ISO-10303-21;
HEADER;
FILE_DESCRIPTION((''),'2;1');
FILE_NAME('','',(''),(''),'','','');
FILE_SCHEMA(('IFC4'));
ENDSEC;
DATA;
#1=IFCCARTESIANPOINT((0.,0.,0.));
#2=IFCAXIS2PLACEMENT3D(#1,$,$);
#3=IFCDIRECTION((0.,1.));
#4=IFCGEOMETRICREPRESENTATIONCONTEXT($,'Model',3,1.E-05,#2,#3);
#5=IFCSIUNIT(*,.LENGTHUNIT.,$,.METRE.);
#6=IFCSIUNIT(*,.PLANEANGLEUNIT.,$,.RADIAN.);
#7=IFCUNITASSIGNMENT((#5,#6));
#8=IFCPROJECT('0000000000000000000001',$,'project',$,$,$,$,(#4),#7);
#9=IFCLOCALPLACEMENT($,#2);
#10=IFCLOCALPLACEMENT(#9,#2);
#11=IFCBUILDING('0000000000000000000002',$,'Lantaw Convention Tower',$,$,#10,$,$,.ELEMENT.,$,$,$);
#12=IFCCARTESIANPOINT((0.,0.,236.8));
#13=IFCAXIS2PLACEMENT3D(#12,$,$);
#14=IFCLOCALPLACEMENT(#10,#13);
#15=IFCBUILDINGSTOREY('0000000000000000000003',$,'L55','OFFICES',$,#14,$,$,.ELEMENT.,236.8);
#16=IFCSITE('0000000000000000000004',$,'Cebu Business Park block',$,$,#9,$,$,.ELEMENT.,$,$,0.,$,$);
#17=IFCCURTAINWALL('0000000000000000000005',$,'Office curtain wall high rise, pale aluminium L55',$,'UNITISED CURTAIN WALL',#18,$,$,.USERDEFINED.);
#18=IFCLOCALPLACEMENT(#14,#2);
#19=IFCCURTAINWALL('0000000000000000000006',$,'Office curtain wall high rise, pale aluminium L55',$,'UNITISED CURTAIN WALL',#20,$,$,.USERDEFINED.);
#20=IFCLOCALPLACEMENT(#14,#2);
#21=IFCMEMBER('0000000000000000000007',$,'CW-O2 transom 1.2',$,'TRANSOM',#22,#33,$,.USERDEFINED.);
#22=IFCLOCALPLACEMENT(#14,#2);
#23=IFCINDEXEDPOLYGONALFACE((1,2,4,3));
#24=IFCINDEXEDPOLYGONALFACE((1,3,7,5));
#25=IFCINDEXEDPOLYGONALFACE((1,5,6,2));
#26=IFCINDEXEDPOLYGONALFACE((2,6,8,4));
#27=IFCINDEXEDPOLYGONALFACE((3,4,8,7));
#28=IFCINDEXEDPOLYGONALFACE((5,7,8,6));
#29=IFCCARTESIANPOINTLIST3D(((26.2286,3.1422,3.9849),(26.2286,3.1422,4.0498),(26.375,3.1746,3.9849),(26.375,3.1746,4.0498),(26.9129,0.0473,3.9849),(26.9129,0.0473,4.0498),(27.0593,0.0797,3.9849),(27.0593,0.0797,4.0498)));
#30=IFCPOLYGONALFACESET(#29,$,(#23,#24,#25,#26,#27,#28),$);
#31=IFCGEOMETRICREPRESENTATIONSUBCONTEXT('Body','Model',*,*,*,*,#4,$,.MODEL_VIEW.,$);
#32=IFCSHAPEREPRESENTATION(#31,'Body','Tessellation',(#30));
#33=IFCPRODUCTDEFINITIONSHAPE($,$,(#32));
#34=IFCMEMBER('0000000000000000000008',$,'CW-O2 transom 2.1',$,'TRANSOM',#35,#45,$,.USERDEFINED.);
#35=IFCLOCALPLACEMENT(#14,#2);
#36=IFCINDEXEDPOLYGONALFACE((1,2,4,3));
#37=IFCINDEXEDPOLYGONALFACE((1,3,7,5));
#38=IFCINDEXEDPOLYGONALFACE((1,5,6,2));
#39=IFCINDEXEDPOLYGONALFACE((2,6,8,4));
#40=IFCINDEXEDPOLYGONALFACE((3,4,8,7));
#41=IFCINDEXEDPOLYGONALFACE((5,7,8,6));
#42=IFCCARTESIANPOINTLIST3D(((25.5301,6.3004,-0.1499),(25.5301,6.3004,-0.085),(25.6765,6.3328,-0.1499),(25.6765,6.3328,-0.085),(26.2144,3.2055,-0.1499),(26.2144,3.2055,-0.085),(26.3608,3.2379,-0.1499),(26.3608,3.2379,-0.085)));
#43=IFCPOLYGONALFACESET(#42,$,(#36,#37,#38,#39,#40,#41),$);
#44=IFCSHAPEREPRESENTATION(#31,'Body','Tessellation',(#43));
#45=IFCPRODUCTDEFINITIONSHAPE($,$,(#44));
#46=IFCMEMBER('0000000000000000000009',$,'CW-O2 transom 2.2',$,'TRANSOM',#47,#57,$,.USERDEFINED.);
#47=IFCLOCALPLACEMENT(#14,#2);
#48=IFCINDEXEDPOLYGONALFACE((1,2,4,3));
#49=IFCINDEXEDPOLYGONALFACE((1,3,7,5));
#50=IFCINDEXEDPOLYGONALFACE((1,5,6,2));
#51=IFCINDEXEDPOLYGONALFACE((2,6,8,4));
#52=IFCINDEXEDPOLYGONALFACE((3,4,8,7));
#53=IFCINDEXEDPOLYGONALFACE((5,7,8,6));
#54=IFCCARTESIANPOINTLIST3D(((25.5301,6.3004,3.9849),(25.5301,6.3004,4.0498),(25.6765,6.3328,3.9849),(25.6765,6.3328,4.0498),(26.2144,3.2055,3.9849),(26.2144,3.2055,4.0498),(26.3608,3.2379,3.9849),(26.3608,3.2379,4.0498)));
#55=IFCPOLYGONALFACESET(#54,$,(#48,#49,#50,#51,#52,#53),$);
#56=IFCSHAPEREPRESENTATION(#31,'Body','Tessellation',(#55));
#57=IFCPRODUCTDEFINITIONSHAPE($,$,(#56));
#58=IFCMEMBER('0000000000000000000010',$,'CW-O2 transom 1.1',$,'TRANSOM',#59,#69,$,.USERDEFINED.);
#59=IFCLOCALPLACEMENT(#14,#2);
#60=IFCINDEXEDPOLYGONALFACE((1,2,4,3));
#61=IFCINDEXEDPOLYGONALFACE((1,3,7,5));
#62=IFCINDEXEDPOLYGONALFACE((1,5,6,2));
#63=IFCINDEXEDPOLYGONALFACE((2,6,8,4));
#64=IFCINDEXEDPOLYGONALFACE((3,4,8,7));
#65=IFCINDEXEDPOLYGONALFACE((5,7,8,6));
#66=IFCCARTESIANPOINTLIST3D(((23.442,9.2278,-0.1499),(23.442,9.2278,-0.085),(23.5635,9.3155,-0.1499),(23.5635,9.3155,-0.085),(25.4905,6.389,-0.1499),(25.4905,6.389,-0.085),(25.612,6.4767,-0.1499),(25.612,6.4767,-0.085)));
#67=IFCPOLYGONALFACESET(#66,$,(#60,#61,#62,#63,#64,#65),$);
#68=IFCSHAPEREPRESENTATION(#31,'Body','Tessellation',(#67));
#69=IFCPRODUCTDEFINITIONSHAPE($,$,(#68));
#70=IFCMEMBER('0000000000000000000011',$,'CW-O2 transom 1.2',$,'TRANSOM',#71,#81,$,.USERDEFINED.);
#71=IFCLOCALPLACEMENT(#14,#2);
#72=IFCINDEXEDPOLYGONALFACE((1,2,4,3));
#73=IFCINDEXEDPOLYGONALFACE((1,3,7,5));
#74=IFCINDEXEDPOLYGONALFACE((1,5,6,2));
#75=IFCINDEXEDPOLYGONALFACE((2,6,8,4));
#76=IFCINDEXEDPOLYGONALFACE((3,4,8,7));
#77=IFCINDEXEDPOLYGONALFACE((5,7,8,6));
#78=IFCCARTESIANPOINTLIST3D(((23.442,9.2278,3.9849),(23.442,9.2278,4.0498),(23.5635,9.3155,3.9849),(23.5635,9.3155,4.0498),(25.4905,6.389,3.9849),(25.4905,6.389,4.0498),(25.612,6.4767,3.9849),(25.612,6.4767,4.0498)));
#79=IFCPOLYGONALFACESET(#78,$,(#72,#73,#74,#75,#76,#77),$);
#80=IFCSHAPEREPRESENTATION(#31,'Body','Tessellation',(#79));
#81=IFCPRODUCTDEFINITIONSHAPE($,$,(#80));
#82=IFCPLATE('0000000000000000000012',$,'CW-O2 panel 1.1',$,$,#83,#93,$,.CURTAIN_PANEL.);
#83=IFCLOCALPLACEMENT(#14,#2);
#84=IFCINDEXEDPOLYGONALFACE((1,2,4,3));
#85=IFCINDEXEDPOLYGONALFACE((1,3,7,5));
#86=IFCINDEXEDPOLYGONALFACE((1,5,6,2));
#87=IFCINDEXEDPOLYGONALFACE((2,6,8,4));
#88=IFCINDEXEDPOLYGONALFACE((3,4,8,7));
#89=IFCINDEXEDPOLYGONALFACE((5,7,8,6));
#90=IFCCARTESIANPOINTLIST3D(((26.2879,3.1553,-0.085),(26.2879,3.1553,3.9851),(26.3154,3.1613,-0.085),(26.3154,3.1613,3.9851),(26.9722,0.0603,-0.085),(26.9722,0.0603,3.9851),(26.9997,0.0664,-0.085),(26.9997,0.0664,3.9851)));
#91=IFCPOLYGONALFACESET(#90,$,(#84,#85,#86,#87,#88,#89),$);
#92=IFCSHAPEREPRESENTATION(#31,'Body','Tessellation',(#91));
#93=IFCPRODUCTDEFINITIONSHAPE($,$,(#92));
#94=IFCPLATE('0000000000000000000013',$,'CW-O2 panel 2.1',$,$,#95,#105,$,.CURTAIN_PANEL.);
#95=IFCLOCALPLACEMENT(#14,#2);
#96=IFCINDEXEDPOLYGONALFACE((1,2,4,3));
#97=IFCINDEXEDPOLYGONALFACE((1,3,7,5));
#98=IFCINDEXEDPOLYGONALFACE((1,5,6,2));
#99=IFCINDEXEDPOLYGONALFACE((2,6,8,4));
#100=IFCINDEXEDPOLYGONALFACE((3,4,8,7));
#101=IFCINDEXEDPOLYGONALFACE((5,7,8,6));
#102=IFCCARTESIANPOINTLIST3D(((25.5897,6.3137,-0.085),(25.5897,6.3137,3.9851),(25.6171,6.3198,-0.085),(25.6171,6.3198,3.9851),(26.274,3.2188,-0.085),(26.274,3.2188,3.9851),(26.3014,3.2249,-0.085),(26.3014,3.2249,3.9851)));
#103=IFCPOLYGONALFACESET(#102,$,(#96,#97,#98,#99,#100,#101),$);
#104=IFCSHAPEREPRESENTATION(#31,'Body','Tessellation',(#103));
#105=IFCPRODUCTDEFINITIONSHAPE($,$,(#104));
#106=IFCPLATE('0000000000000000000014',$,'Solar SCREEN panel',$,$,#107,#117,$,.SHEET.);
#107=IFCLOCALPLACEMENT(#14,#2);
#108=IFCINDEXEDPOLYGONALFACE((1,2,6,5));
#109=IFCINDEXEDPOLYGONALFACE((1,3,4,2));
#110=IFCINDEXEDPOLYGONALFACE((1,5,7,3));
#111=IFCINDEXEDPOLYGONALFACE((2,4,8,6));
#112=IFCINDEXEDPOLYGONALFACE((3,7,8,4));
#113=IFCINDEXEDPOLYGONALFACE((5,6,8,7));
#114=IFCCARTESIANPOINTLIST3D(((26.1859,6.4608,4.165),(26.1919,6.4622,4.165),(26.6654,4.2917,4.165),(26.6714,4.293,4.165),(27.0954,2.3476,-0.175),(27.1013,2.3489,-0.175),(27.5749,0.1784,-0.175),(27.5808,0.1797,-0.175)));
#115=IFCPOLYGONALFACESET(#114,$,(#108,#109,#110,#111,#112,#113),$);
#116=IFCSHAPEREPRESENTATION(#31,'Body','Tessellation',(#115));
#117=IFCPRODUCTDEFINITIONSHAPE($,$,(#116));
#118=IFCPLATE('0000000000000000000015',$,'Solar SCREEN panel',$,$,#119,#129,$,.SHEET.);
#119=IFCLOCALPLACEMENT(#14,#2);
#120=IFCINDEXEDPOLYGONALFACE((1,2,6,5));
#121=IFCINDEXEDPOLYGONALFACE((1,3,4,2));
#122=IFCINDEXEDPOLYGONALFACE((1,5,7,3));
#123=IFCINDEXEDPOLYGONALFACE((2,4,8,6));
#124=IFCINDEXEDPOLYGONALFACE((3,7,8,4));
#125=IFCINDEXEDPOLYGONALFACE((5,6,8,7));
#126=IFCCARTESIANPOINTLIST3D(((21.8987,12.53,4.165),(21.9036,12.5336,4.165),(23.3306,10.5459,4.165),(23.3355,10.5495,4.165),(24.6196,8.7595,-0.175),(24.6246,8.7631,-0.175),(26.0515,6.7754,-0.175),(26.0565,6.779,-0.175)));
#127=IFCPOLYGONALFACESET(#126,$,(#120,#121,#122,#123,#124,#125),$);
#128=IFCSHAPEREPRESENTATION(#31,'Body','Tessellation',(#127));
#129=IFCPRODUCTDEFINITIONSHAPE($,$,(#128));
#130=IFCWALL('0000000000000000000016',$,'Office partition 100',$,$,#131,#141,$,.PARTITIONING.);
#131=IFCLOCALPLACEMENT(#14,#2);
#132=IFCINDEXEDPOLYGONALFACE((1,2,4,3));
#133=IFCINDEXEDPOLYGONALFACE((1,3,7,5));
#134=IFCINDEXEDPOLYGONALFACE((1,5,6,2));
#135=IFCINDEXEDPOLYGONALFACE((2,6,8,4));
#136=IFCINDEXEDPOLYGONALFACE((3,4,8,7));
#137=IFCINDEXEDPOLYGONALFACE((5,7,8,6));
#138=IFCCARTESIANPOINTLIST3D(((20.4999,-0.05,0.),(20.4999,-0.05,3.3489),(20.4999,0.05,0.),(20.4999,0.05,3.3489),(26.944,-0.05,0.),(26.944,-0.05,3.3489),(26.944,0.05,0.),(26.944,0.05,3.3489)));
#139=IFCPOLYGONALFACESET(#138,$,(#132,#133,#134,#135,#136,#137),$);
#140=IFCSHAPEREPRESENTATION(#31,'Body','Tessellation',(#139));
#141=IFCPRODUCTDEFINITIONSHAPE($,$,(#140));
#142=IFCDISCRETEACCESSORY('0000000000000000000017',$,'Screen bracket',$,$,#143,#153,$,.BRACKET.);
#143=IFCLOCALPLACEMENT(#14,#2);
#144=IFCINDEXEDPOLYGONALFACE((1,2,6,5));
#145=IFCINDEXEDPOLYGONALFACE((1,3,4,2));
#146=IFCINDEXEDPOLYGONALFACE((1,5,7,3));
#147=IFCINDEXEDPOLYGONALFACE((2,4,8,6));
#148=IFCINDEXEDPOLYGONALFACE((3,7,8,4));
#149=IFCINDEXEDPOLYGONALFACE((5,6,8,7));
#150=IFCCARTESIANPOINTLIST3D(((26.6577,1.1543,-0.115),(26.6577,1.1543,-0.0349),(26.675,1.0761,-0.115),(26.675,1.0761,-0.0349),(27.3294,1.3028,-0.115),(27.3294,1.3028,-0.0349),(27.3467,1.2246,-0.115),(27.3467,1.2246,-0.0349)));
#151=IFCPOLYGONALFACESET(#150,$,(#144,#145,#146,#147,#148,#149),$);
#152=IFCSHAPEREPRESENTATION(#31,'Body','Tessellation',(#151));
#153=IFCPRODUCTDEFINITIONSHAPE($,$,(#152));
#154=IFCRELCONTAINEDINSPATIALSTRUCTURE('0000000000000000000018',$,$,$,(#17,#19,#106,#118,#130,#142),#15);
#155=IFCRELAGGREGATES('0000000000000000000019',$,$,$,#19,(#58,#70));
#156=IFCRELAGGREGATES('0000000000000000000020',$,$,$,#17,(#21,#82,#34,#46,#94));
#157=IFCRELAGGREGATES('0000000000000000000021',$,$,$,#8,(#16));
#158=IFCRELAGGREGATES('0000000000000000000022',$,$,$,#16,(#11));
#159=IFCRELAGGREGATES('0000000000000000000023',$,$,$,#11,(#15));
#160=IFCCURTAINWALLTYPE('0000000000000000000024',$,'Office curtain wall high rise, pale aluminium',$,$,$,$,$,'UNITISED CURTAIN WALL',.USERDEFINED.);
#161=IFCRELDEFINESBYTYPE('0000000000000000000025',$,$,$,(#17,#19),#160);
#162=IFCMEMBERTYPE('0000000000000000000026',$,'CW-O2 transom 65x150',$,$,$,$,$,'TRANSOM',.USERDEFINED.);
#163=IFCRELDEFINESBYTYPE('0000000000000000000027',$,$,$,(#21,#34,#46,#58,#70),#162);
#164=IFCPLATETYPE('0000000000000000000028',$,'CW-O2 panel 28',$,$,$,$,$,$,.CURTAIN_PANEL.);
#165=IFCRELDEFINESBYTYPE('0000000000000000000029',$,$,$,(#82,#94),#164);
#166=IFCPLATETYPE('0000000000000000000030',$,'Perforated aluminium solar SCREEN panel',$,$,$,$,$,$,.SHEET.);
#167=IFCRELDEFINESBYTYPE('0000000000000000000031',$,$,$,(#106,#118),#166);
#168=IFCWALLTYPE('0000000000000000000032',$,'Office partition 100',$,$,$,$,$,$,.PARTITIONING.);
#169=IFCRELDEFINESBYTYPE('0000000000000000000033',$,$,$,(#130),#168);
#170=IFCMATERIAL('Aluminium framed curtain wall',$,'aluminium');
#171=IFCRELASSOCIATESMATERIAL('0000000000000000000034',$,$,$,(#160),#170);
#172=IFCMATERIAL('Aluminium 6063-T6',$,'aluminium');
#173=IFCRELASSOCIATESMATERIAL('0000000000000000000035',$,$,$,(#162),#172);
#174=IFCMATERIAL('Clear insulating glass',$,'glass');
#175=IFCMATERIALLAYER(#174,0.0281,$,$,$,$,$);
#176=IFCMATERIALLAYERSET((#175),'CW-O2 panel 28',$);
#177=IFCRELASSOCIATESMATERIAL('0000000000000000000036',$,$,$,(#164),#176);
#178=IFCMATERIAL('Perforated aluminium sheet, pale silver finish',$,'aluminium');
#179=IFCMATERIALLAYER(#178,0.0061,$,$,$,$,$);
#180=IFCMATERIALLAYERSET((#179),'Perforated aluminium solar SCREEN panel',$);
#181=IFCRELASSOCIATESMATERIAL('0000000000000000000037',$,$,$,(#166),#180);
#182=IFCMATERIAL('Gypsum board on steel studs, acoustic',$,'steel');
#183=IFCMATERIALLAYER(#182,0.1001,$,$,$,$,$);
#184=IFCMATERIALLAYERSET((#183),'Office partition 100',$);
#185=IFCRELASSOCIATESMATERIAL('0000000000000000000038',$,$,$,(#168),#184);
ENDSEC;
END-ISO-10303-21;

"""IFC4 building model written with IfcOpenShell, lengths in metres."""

from ifc_helpers import new_model, si_unit, direction, frame, frame_2d, origin, origin_2d, place, context, subcontext, project, spatial, polyline, rectangle, outline, extrude, material, layer, layer_set, material_profile, profile_set, type_object, element, aggregate, save


model = new_model("IFC4")

# Units and contexts
model_context = context("Model", 3, precision=1e-05, world=origin(), true_north=direction((0.0, 1.0)))
body_context = subcontext(model_context, "Body", "Model", "MODEL_VIEW")
ifc_project = project(units=[si_unit("LENGTHUNIT", "METRE"), si_unit("PLANEANGLEUNIT", "RADIAN")], contexts=[model_context])

# Site, building, storey
site_placement = place(None, origin())
site = spatial("IfcSite", under=ifc_project, at=site_placement, Name="Cebu Business Park block", CompositionType="ELEMENT", RefElevation=0.0)
building_placement = place(site_placement, origin())
building = spatial("IfcBuilding", under=site, at=building_placement, Name="Lantaw Convention Tower", CompositionType="ELEMENT")
storey_placement = place(building_placement, frame((0.0, 0.0, 236.8)))
storey = spatial("IfcBuildingStorey", under=building, at=storey_placement, Name="L55", Description="OFFICES", CompositionType="ELEMENT", Elevation=236.8)

# Curtain wall
ifc_material_1 = material(Name="Aluminium framed curtain wall", Category="aluminium")
curtain_wall_type = type_object("IfcCurtainWallType", Name="Office curtain wall high rise, pale aluminium", ElementType="UNITISED CURTAIN WALL", PredefinedType="USERDEFINED", material=ifc_material_1)
curtain_wall_1_placement = place(storey_placement, origin())
curtain_wall_1 = element("IfcCurtainWall", 1, at=curtain_wall_1_placement, inside=storey, type_object=curtain_wall_type, Name="Office curtain wall high rise, pale aluminium L55", ObjectType="UNITISED CURTAIN WALL", PredefinedType="USERDEFINED")
ifc_material_2 = material(Name="Aluminium 6063-T6", Category="aluminium")

# Curtain wall
curtain_wall_2_placement = place(storey_placement, origin())
curtain_wall_2 = element("IfcCurtainWall", 2, at=curtain_wall_2_placement, inside=storey, type_object=curtain_wall_type, Name="Office curtain wall high rise, pale aluminium L55", ObjectType="UNITISED CURTAIN WALL", PredefinedType="USERDEFINED")

# Members
ifc_material_profile_1 = material_profile(ifc_material_2, rectangle(XDim=0.1499, YDim=0.0649, at=origin_2d()), Name="CW-O2 transom 65x150")
ifc_profile_set_1 = profile_set([ifc_material_profile_1], Name="Aluminium 6063-T6")
member_type_1 = type_object("IfcMemberType", Name="CW-O2 transom 65x150", ElementType="TRANSOM", PredefinedType="USERDEFINED", material=ifc_profile_set_1)
member_1_placement = place(storey_placement, frame((26.9861, 0.0635, 4.0173), z_axis=(-0.215895, 0.976417, 0.0), x_axis=(-0.976417, -0.215895, 0.0)))
member_1 = element("IfcMember", 3, at=member_1_placement, type_object=member_type_1, Name="CW-O2 transom 1.2", ObjectType="TRANSOM", PredefinedType="USERDEFINED", context=body_context, shape_type="SweptSolid", body=[
    extrude(rectangle(XDim=0.1499, YDim=0.0649, at=origin_2d()), origin(), (0.0, 0.0, 1.0), 3.1697),
])
member_2_placement = place(storey_placement, frame((26.2876, 3.2217, -0.1174), z_axis=(-0.215895, 0.976417, 0.0), x_axis=(-0.976417, -0.215895, 0.0)))
member_2 = element("IfcMember", 4, at=member_2_placement, type_object=member_type_1, Name="CW-O2 transom 2.1", ObjectType="TRANSOM", PredefinedType="USERDEFINED", context=body_context, shape_type="SweptSolid", body=[
    extrude(rectangle(XDim=0.1499, YDim=0.0649, at=origin_2d()), origin(), (0.0, 0.0, 1.0), 3.1697),
])
member_3_placement = place(storey_placement, frame((26.2876, 3.2217, 4.0173), z_axis=(-0.215895, 0.976417, 0.0), x_axis=(-0.976417, -0.215895, 0.0)))
member_3 = element("IfcMember", 5, at=member_3_placement, type_object=member_type_1, Name="CW-O2 transom 2.2", ObjectType="TRANSOM", PredefinedType="USERDEFINED", context=body_context, shape_type="SweptSolid", body=[
    extrude(rectangle(XDim=0.1499, YDim=0.0649, at=origin_2d()), origin(), (0.0, 0.0, 1.0), 3.1697),
])
member_4_placement = place(storey_placement, frame((25.5513, 6.4329, -0.1174), z_axis=(-0.58517, 0.810911, 0.0), x_axis=(-0.810911, -0.58517, 0.0)))
member_4 = element("IfcMember", 6, at=member_4_placement, type_object=member_type_1, Name="CW-O2 transom 1.1", ObjectType="TRANSOM", PredefinedType="USERDEFINED", context=body_context, shape_type="SweptSolid", body=[
    extrude(rectangle(XDim=0.1499, YDim=0.0649, at=origin_2d()), origin(), (0.0, 0.0, 1.0), 3.5007),
])
member_5_placement = place(storey_placement, frame((25.5513, 6.4329, 4.0173), z_axis=(-0.58517, 0.810911, 0.0), x_axis=(-0.810911, -0.58517, 0.0)))
member_5 = element("IfcMember", 7, at=member_5_placement, type_object=member_type_1, Name="CW-O2 transom 1.2", ObjectType="TRANSOM", PredefinedType="USERDEFINED", context=body_context, shape_type="SweptSolid", body=[
    extrude(rectangle(XDim=0.1499, YDim=0.0649, at=origin_2d()), origin(), (0.0, 0.0, 1.0), 3.5007),
])
aggregate(curtain_wall_2, [member_4, member_5])

# Plates
ifc_material_3 = material(Name="Clear insulating glass", Category="glass")
ifc_layer_1 = layer(ifc_material_3, 0.0281)
ifc_layer_set_1 = layer_set([ifc_layer_1], Name="CW-O2 panel 28")
plate_type_1 = type_object("IfcPlateType", Name="CW-O2 panel 28", PredefinedType="CURTAIN_PANEL", material=ifc_layer_set_1)
plate_1_placement = place(storey_placement, frame((26.6438, 1.6108, -0.085), z_axis=(0.0, 0.0, 1.0), x_axis=(-0.215891, 0.976417, 0.0)))
plate_1 = element("IfcPlate", 8, at=plate_1_placement, type_object=plate_type_1, Name="CW-O2 panel 1.1", PredefinedType="CURTAIN_PANEL", context=body_context, shape_type="SweptSolid", body=[
    extrude(rectangle(XDim=3.1697, YDim=0.0281, at=origin_2d()), origin(), (0.0, 0.0, 1.0), 4.0701),
])
plate_2_placement = place(storey_placement, frame((25.9456, 4.7693, -0.085), z_axis=(0.0, 0.0, 1.0), x_axis=(-0.215891, 0.976417, 0.0)))
plate_2 = element("IfcPlate", 9, at=plate_2_placement, type_object=plate_type_1, Name="CW-O2 panel 2.1", PredefinedType="CURTAIN_PANEL", context=body_context, shape_type="SweptSolid", body=[
    extrude(rectangle(XDim=3.1697, YDim=0.0281, at=origin_2d()), origin(), (0.0, 0.0, 1.0), 4.0701),
])
aggregate(curtain_wall_1, [member_1, plate_1, member_2, member_3, plate_2])

# Plates
ifc_material_4 = material(Name="Perforated aluminium sheet, pale silver finish", Category="aluminium")
ifc_layer_2 = layer(ifc_material_4, 0.0061)
ifc_layer_set_2 = layer_set([ifc_layer_2], Name="Perforated aluminium solar SCREEN panel")
plate_type_2 = type_object("IfcPlateType", Name="Perforated aluminium solar SCREEN panel", PredefinedType="SHEET", material=ifc_layer_set_2)
plate_3_placement = place(storey_placement, frame((27.5808, 0.1797, -0.175), z_axis=(0.97643, 0.215837, 0.000044), x_axis=(-0.215837, 0.97643, 0.0)))
element("IfcPlate", 10, at=plate_3_placement, inside=storey, type_object=plate_type_2, Name="Solar SCREEN panel", PredefinedType="SHEET", context=body_context, shape_type="SweptSolid", body=[
    extrude(outline(polyline([(0.0, 0.0), (2.2216, 0.0), (6.4342, 4.3401), (4.2126, 4.3401), (0.0, 0.0)])), origin(), (0.0, 0.0, -1.0), 0.0061),
])
plate_4_placement = place(storey_placement, frame((26.0515, 6.7754, -0.175), z_axis=(-0.810892, -0.585195, 0.00002), x_axis=(-0.585195, 0.810892, 0.0)))
element("IfcPlate", 11, at=plate_4_placement, inside=storey, type_object=plate_type_2, Name="Solar SCREEN panel", PredefinedType="SHEET", context=body_context, shape_type="SweptSolid", body=[
    extrude(outline(polyline([(0.0, 0.0), (2.4468, 0.0), (7.0966, -4.3401), (4.6498, -4.3401), (0.0, 0.0)])), origin(), (0.0, 0.0, -1.0), 0.0061),
])

# Wall
ifc_material_5 = material(Name="Gypsum board on steel studs, acoustic", Category="steel")
ifc_layer_3 = layer(ifc_material_5, 0.1001)
ifc_layer_set_3 = layer_set([ifc_layer_3], Name="Office partition 100")
wall_type = type_object("IfcWallType", Name="Office partition 100", PredefinedType="PARTITIONING", material=ifc_layer_set_3)
wall_placement = place(storey_placement, frame((26.9441, 0.0, 0.0), z_axis=(0.0, 0.0, 1.0), x_axis=(-1.0, 0.0, 0.0)))
element("IfcWall", 12, at=wall_placement, inside=storey, type_object=wall_type, Name="Office partition 100", PredefinedType="PARTITIONING", context=body_context, shape_type="SweptSolid", body=[
    extrude(rectangle(XDim=6.4441, YDim=0.1001, at=frame_2d((3.2222, 0.0))), origin(), (0.0, 0.0, 1.0), 3.3489),
])

# Discrete accessory
discrete_accessory_placement = place(storey_placement, frame((27.0022, 1.1895, -0.115), z_axis=(0.0, 0.0, 1.0), x_axis=(-0.215891, 0.976417, 0.0)))
element("IfcDiscreteAccessory", 13, at=discrete_accessory_placement, inside=storey, Name="Screen bracket", PredefinedType="BRACKET", context=body_context, shape_type="SweptSolid", body=[
    extrude(rectangle(XDim=0.0801, YDim=0.688, at=origin_2d()), origin(), (0.0, 0.0, 1.0), 0.0801),
])

save(model, "model.ifc")
